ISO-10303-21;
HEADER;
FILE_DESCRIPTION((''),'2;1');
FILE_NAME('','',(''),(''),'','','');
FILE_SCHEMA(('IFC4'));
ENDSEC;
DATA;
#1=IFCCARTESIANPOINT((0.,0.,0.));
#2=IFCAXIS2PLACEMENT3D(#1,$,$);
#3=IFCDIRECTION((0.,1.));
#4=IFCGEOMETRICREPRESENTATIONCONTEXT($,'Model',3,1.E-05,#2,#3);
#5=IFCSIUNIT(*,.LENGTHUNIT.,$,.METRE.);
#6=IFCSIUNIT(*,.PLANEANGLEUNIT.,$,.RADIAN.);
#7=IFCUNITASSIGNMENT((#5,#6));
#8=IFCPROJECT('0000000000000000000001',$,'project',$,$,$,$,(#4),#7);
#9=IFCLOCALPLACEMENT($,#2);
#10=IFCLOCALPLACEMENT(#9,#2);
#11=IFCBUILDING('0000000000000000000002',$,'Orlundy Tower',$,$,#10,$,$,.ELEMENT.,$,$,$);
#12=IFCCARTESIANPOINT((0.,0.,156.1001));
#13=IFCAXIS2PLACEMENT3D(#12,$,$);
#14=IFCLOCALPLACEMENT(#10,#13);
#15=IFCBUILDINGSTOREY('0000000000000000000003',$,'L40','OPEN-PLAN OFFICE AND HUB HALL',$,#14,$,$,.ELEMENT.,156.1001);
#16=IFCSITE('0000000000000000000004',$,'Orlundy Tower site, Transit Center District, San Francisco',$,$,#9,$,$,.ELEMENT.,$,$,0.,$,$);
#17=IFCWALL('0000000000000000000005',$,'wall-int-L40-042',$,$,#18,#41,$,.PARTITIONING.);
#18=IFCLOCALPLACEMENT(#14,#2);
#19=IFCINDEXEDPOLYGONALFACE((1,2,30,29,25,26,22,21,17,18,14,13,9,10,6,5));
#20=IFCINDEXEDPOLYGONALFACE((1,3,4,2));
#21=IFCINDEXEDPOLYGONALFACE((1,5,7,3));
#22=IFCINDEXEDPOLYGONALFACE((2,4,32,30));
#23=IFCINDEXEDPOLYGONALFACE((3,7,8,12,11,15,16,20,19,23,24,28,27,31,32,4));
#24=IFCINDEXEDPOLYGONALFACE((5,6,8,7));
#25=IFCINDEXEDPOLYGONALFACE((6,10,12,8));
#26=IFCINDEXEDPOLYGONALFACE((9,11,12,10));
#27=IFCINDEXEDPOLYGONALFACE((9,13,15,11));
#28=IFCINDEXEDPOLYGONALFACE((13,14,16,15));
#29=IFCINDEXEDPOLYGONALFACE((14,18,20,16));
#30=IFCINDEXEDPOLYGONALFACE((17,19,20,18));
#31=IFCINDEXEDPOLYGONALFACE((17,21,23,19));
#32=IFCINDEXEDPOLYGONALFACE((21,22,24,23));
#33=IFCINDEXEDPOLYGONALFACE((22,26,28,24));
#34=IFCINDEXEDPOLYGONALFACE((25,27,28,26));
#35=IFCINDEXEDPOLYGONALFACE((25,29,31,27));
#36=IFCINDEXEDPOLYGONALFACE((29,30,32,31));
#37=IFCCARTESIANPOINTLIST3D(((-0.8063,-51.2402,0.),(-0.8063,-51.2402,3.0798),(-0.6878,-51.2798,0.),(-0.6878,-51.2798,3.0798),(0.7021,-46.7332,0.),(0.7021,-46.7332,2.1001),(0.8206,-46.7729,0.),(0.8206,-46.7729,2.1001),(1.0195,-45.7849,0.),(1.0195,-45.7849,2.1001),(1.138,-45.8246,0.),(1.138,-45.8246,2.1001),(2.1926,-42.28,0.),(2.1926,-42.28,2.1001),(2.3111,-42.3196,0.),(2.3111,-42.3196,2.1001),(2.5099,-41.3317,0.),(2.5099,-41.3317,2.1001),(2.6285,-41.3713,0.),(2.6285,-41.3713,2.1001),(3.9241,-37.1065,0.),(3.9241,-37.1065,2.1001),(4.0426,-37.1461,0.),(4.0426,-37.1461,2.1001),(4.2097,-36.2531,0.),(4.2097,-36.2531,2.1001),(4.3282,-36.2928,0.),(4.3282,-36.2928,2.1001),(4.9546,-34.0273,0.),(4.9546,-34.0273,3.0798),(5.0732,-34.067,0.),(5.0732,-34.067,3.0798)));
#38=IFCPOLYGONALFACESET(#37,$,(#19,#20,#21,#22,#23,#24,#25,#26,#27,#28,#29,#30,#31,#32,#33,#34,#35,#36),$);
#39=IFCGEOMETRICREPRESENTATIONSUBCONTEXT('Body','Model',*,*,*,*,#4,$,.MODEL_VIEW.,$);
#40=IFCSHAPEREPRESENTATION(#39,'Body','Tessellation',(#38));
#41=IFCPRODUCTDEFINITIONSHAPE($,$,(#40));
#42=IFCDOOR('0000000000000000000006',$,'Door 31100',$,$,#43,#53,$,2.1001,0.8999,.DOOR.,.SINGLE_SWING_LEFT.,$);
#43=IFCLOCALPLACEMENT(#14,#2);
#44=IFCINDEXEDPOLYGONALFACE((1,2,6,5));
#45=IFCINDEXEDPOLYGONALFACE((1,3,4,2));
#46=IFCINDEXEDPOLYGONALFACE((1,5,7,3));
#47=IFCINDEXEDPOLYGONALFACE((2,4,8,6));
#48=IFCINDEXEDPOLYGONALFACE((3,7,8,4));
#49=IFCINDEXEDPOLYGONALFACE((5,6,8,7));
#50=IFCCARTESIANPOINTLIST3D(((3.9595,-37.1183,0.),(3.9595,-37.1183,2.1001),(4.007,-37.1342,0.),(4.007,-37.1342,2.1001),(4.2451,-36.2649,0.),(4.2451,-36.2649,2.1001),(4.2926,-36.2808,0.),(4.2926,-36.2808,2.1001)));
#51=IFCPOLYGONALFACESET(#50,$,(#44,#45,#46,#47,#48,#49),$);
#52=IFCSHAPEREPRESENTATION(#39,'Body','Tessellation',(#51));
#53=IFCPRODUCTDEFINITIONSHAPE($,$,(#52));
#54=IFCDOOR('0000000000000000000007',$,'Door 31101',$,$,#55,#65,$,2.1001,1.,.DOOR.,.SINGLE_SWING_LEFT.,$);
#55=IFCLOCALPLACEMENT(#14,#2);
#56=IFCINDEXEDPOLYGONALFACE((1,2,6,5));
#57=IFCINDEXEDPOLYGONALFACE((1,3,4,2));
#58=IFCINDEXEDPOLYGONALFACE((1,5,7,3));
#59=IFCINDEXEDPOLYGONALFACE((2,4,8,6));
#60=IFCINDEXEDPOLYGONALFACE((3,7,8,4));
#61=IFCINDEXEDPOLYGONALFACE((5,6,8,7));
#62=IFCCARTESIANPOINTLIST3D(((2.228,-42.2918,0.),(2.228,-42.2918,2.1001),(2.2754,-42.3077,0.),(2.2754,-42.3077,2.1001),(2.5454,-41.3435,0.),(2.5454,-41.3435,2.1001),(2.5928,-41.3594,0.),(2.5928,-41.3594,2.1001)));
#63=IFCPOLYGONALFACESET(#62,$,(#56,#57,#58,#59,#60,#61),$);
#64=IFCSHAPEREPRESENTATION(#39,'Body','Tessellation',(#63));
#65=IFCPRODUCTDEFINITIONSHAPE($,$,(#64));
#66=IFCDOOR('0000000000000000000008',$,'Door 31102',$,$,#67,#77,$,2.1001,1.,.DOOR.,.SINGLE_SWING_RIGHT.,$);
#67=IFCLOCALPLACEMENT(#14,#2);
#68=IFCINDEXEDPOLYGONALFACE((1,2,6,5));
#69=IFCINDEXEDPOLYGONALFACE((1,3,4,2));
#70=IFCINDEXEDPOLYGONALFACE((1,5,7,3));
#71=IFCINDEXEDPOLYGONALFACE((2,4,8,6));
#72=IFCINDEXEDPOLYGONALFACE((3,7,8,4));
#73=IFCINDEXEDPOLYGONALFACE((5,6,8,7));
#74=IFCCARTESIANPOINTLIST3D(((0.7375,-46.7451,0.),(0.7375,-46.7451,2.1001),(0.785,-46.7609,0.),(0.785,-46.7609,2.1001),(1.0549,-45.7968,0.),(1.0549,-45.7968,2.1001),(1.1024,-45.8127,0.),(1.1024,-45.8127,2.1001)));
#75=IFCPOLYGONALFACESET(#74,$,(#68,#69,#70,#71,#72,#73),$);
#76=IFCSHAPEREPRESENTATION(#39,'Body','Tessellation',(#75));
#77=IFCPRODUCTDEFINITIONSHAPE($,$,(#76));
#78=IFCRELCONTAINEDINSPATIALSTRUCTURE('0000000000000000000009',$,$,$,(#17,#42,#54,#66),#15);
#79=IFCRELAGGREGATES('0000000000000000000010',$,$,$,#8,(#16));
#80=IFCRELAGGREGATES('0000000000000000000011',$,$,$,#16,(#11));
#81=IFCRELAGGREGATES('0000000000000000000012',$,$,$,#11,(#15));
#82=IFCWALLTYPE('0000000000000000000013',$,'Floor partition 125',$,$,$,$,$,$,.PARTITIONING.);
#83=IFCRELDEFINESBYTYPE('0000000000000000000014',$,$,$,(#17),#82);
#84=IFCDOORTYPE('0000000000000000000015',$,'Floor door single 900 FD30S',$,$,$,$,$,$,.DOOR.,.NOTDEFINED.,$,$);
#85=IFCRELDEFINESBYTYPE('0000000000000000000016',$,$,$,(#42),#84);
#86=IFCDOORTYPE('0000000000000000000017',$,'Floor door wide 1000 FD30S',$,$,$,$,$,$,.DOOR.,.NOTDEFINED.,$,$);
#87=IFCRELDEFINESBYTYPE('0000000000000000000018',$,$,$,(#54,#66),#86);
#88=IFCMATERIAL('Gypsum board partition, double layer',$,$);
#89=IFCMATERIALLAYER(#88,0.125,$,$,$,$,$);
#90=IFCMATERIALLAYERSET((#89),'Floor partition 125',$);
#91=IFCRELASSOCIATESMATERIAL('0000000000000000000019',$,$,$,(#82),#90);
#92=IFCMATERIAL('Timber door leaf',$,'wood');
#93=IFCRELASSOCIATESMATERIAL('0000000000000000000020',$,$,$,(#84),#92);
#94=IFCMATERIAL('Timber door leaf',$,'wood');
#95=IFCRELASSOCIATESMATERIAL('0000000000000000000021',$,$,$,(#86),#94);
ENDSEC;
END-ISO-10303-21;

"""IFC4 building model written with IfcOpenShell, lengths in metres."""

from ifc_helpers import new_model, si_unit, direction, frame, frame_2d, origin, place, context, subcontext, project, spatial, rectangle, extrude, material, layer, layer_set, type_object, element, fill, save


model = new_model("IFC4")

# Units and contexts
model_context = context("Model", 3, precision=1e-05, world=origin(), true_north=direction((0.0, 1.0)))
body_context = subcontext(model_context, "Body", "Model", "MODEL_VIEW")
ifc_project = project(units=[si_unit("LENGTHUNIT", "METRE"), si_unit("PLANEANGLEUNIT", "RADIAN")], contexts=[model_context])

# Site, building, storey
site_placement = place(None, origin())
site = spatial("IfcSite", under=ifc_project, at=site_placement, Name="Orlundy Tower site, Transit Center District, San Francisco", CompositionType="ELEMENT", RefElevation=0.0)
building_placement = place(site_placement, origin())
building = spatial("IfcBuilding", under=site, at=building_placement, Name="Orlundy Tower", CompositionType="ELEMENT")
storey_placement = place(building_placement, frame((0.0, 0.0, 156.1001)))
storey = spatial("IfcBuildingStorey", under=building, at=storey_placement, Name="L40", Description="OPEN-PLAN OFFICE AND HUB HALL", CompositionType="ELEMENT", Elevation=156.1001)

# Shared definitions
ifc_material_1 = material(Name="Gypsum board partition, double layer")
ifc_layer_1 = layer(ifc_material_1, 0.125)
ifc_layer_set_1 = layer_set([ifc_layer_1], Name="Floor partition 125")
wall_type_1 = type_object("IfcWallType", Name="Floor partition 125", PredefinedType="PARTITIONING", material=ifc_layer_set_1)

# Wall, openings, doors
wall_1_placement = place(storey_placement, frame((5.0139, -34.0471, 0.0), z_axis=(0.0, 0.0, 1.0), x_axis=(-0.317386, -0.948297, 0.0)))
wall_1 = element("IfcWall", 1, at=wall_1_placement, inside=storey, type_object=wall_type_1, Name="wall-int-L40-042", PredefinedType="PARTITIONING", context=body_context, shape_type="SweptSolid", body=[
    extrude(rectangle(XDim=18.1514, YDim=0.125, at=frame_2d((9.0757, 0.0))), origin(), (0.0, 0.0, 1.0), 3.0798),
])
opening_1_placement = place(wall_1_placement, frame((2.3472, 0.0, 0.0)))
opening_1 = element("IfcOpeningElement", 2, at=opening_1_placement, cuts=wall_1, PredefinedType="OPENING", context=body_context, shape_type="SweptSolid", body=[
    extrude(rectangle(XDim=0.8999, YDim=2.1001, at=frame_2d((0.45, 1.05))), frame((0.0, 0.0725, 0.0), z_axis=(0.0, -1.0, 0.0), x_axis=(1.0, 0.0, 0.0)), (0.0, 0.0, 1.0), 0.145),
])
opening_2_placement = place(wall_1_placement, frame((7.7026, 0.0, 0.0)))
opening_2 = element("IfcOpeningElement", 3, at=opening_2_placement, cuts=wall_1, PredefinedType="OPENING", context=body_context, shape_type="SweptSolid", body=[
    extrude(rectangle(XDim=1.0, YDim=2.1001, at=frame_2d((0.5, 1.05))), frame((0.0, 0.0725, 0.0), z_axis=(0.0, -1.0, 0.0), x_axis=(1.0, 0.0, 0.0)), (0.0, 0.0, 1.0), 0.145),
])
opening_3_placement = place(wall_1_placement, frame((12.3987, 0.0, 0.0)))
opening_3 = element("IfcOpeningElement", 4, at=opening_3_placement, cuts=wall_1, PredefinedType="OPENING", context=body_context, shape_type="SweptSolid", body=[
    extrude(rectangle(XDim=1.0, YDim=2.1001, at=frame_2d((0.5, 1.05))), frame((0.0, 0.0725, 0.0), z_axis=(0.0, -1.0, 0.0), x_axis=(1.0, 0.0, 0.0)), (0.0, 0.0, 1.0), 0.145),
])
ifc_material_2 = material(Name="Timber door leaf", Category="wood")
door_type_1 = type_object("IfcDoorType", Name="Floor door single 900 FD30S", OperationType="NOTDEFINED", PredefinedType="DOOR", material=ifc_material_2)
door_1_placement = place(opening_1_placement, origin())
door_1 = element("IfcDoor", 5, at=door_1_placement, inside=storey, type_object=door_type_1, Name="Door 31100", OperationType="SINGLE_SWING_LEFT", OverallHeight=2.1001, OverallWidth=0.8999, PredefinedType="DOOR", context=body_context, shape_type="SweptSolid", body=[
    extrude(rectangle(XDim=0.8999, YDim=2.1001, at=frame_2d((0.45, 1.05))), frame((0.0, 0.0249, 0.0), z_axis=(0.0, -1.0, 0.0), x_axis=(1.0, 0.0, 0.0)), (0.0, 0.0, 1.0), 0.05),
])
fill(opening_1, door_1)
ifc_material_3 = material(Name="Timber door leaf", Category="wood")
door_type_2 = type_object("IfcDoorType", Name="Floor door wide 1000 FD30S", OperationType="NOTDEFINED", PredefinedType="DOOR", material=ifc_material_3)
door_2_placement = place(opening_2_placement, origin())
door_2 = element("IfcDoor", 6, at=door_2_placement, inside=storey, type_object=door_type_2, Name="Door 31101", OperationType="SINGLE_SWING_LEFT", OverallHeight=2.1001, OverallWidth=1.0, PredefinedType="DOOR", context=body_context, shape_type="SweptSolid", body=[
    extrude(rectangle(XDim=1.0, YDim=2.1001, at=frame_2d((0.5, 1.05))), frame((0.0, 0.0249, 0.0), z_axis=(0.0, -1.0, 0.0), x_axis=(1.0, 0.0, 0.0)), (0.0, 0.0, 1.0), 0.05),
])
fill(opening_2, door_2)
door_3_placement = place(opening_3_placement, origin())
door_3 = element("IfcDoor", 7, at=door_3_placement, inside=storey, type_object=door_type_2, Name="Door 31102", OperationType="SINGLE_SWING_RIGHT", OverallHeight=2.1001, OverallWidth=1.0, PredefinedType="DOOR", context=body_context, shape_type="SweptSolid", body=[
    extrude(rectangle(XDim=1.0, YDim=2.1001, at=frame_2d((0.5, 1.05))), frame((0.0, 0.0249, 0.0), z_axis=(0.0, -1.0, 0.0), x_axis=(1.0, 0.0, 0.0)), (0.0, 0.0, 1.0), 0.05),
])
fill(opening_3, door_3)

save(model, "model.ifc")
